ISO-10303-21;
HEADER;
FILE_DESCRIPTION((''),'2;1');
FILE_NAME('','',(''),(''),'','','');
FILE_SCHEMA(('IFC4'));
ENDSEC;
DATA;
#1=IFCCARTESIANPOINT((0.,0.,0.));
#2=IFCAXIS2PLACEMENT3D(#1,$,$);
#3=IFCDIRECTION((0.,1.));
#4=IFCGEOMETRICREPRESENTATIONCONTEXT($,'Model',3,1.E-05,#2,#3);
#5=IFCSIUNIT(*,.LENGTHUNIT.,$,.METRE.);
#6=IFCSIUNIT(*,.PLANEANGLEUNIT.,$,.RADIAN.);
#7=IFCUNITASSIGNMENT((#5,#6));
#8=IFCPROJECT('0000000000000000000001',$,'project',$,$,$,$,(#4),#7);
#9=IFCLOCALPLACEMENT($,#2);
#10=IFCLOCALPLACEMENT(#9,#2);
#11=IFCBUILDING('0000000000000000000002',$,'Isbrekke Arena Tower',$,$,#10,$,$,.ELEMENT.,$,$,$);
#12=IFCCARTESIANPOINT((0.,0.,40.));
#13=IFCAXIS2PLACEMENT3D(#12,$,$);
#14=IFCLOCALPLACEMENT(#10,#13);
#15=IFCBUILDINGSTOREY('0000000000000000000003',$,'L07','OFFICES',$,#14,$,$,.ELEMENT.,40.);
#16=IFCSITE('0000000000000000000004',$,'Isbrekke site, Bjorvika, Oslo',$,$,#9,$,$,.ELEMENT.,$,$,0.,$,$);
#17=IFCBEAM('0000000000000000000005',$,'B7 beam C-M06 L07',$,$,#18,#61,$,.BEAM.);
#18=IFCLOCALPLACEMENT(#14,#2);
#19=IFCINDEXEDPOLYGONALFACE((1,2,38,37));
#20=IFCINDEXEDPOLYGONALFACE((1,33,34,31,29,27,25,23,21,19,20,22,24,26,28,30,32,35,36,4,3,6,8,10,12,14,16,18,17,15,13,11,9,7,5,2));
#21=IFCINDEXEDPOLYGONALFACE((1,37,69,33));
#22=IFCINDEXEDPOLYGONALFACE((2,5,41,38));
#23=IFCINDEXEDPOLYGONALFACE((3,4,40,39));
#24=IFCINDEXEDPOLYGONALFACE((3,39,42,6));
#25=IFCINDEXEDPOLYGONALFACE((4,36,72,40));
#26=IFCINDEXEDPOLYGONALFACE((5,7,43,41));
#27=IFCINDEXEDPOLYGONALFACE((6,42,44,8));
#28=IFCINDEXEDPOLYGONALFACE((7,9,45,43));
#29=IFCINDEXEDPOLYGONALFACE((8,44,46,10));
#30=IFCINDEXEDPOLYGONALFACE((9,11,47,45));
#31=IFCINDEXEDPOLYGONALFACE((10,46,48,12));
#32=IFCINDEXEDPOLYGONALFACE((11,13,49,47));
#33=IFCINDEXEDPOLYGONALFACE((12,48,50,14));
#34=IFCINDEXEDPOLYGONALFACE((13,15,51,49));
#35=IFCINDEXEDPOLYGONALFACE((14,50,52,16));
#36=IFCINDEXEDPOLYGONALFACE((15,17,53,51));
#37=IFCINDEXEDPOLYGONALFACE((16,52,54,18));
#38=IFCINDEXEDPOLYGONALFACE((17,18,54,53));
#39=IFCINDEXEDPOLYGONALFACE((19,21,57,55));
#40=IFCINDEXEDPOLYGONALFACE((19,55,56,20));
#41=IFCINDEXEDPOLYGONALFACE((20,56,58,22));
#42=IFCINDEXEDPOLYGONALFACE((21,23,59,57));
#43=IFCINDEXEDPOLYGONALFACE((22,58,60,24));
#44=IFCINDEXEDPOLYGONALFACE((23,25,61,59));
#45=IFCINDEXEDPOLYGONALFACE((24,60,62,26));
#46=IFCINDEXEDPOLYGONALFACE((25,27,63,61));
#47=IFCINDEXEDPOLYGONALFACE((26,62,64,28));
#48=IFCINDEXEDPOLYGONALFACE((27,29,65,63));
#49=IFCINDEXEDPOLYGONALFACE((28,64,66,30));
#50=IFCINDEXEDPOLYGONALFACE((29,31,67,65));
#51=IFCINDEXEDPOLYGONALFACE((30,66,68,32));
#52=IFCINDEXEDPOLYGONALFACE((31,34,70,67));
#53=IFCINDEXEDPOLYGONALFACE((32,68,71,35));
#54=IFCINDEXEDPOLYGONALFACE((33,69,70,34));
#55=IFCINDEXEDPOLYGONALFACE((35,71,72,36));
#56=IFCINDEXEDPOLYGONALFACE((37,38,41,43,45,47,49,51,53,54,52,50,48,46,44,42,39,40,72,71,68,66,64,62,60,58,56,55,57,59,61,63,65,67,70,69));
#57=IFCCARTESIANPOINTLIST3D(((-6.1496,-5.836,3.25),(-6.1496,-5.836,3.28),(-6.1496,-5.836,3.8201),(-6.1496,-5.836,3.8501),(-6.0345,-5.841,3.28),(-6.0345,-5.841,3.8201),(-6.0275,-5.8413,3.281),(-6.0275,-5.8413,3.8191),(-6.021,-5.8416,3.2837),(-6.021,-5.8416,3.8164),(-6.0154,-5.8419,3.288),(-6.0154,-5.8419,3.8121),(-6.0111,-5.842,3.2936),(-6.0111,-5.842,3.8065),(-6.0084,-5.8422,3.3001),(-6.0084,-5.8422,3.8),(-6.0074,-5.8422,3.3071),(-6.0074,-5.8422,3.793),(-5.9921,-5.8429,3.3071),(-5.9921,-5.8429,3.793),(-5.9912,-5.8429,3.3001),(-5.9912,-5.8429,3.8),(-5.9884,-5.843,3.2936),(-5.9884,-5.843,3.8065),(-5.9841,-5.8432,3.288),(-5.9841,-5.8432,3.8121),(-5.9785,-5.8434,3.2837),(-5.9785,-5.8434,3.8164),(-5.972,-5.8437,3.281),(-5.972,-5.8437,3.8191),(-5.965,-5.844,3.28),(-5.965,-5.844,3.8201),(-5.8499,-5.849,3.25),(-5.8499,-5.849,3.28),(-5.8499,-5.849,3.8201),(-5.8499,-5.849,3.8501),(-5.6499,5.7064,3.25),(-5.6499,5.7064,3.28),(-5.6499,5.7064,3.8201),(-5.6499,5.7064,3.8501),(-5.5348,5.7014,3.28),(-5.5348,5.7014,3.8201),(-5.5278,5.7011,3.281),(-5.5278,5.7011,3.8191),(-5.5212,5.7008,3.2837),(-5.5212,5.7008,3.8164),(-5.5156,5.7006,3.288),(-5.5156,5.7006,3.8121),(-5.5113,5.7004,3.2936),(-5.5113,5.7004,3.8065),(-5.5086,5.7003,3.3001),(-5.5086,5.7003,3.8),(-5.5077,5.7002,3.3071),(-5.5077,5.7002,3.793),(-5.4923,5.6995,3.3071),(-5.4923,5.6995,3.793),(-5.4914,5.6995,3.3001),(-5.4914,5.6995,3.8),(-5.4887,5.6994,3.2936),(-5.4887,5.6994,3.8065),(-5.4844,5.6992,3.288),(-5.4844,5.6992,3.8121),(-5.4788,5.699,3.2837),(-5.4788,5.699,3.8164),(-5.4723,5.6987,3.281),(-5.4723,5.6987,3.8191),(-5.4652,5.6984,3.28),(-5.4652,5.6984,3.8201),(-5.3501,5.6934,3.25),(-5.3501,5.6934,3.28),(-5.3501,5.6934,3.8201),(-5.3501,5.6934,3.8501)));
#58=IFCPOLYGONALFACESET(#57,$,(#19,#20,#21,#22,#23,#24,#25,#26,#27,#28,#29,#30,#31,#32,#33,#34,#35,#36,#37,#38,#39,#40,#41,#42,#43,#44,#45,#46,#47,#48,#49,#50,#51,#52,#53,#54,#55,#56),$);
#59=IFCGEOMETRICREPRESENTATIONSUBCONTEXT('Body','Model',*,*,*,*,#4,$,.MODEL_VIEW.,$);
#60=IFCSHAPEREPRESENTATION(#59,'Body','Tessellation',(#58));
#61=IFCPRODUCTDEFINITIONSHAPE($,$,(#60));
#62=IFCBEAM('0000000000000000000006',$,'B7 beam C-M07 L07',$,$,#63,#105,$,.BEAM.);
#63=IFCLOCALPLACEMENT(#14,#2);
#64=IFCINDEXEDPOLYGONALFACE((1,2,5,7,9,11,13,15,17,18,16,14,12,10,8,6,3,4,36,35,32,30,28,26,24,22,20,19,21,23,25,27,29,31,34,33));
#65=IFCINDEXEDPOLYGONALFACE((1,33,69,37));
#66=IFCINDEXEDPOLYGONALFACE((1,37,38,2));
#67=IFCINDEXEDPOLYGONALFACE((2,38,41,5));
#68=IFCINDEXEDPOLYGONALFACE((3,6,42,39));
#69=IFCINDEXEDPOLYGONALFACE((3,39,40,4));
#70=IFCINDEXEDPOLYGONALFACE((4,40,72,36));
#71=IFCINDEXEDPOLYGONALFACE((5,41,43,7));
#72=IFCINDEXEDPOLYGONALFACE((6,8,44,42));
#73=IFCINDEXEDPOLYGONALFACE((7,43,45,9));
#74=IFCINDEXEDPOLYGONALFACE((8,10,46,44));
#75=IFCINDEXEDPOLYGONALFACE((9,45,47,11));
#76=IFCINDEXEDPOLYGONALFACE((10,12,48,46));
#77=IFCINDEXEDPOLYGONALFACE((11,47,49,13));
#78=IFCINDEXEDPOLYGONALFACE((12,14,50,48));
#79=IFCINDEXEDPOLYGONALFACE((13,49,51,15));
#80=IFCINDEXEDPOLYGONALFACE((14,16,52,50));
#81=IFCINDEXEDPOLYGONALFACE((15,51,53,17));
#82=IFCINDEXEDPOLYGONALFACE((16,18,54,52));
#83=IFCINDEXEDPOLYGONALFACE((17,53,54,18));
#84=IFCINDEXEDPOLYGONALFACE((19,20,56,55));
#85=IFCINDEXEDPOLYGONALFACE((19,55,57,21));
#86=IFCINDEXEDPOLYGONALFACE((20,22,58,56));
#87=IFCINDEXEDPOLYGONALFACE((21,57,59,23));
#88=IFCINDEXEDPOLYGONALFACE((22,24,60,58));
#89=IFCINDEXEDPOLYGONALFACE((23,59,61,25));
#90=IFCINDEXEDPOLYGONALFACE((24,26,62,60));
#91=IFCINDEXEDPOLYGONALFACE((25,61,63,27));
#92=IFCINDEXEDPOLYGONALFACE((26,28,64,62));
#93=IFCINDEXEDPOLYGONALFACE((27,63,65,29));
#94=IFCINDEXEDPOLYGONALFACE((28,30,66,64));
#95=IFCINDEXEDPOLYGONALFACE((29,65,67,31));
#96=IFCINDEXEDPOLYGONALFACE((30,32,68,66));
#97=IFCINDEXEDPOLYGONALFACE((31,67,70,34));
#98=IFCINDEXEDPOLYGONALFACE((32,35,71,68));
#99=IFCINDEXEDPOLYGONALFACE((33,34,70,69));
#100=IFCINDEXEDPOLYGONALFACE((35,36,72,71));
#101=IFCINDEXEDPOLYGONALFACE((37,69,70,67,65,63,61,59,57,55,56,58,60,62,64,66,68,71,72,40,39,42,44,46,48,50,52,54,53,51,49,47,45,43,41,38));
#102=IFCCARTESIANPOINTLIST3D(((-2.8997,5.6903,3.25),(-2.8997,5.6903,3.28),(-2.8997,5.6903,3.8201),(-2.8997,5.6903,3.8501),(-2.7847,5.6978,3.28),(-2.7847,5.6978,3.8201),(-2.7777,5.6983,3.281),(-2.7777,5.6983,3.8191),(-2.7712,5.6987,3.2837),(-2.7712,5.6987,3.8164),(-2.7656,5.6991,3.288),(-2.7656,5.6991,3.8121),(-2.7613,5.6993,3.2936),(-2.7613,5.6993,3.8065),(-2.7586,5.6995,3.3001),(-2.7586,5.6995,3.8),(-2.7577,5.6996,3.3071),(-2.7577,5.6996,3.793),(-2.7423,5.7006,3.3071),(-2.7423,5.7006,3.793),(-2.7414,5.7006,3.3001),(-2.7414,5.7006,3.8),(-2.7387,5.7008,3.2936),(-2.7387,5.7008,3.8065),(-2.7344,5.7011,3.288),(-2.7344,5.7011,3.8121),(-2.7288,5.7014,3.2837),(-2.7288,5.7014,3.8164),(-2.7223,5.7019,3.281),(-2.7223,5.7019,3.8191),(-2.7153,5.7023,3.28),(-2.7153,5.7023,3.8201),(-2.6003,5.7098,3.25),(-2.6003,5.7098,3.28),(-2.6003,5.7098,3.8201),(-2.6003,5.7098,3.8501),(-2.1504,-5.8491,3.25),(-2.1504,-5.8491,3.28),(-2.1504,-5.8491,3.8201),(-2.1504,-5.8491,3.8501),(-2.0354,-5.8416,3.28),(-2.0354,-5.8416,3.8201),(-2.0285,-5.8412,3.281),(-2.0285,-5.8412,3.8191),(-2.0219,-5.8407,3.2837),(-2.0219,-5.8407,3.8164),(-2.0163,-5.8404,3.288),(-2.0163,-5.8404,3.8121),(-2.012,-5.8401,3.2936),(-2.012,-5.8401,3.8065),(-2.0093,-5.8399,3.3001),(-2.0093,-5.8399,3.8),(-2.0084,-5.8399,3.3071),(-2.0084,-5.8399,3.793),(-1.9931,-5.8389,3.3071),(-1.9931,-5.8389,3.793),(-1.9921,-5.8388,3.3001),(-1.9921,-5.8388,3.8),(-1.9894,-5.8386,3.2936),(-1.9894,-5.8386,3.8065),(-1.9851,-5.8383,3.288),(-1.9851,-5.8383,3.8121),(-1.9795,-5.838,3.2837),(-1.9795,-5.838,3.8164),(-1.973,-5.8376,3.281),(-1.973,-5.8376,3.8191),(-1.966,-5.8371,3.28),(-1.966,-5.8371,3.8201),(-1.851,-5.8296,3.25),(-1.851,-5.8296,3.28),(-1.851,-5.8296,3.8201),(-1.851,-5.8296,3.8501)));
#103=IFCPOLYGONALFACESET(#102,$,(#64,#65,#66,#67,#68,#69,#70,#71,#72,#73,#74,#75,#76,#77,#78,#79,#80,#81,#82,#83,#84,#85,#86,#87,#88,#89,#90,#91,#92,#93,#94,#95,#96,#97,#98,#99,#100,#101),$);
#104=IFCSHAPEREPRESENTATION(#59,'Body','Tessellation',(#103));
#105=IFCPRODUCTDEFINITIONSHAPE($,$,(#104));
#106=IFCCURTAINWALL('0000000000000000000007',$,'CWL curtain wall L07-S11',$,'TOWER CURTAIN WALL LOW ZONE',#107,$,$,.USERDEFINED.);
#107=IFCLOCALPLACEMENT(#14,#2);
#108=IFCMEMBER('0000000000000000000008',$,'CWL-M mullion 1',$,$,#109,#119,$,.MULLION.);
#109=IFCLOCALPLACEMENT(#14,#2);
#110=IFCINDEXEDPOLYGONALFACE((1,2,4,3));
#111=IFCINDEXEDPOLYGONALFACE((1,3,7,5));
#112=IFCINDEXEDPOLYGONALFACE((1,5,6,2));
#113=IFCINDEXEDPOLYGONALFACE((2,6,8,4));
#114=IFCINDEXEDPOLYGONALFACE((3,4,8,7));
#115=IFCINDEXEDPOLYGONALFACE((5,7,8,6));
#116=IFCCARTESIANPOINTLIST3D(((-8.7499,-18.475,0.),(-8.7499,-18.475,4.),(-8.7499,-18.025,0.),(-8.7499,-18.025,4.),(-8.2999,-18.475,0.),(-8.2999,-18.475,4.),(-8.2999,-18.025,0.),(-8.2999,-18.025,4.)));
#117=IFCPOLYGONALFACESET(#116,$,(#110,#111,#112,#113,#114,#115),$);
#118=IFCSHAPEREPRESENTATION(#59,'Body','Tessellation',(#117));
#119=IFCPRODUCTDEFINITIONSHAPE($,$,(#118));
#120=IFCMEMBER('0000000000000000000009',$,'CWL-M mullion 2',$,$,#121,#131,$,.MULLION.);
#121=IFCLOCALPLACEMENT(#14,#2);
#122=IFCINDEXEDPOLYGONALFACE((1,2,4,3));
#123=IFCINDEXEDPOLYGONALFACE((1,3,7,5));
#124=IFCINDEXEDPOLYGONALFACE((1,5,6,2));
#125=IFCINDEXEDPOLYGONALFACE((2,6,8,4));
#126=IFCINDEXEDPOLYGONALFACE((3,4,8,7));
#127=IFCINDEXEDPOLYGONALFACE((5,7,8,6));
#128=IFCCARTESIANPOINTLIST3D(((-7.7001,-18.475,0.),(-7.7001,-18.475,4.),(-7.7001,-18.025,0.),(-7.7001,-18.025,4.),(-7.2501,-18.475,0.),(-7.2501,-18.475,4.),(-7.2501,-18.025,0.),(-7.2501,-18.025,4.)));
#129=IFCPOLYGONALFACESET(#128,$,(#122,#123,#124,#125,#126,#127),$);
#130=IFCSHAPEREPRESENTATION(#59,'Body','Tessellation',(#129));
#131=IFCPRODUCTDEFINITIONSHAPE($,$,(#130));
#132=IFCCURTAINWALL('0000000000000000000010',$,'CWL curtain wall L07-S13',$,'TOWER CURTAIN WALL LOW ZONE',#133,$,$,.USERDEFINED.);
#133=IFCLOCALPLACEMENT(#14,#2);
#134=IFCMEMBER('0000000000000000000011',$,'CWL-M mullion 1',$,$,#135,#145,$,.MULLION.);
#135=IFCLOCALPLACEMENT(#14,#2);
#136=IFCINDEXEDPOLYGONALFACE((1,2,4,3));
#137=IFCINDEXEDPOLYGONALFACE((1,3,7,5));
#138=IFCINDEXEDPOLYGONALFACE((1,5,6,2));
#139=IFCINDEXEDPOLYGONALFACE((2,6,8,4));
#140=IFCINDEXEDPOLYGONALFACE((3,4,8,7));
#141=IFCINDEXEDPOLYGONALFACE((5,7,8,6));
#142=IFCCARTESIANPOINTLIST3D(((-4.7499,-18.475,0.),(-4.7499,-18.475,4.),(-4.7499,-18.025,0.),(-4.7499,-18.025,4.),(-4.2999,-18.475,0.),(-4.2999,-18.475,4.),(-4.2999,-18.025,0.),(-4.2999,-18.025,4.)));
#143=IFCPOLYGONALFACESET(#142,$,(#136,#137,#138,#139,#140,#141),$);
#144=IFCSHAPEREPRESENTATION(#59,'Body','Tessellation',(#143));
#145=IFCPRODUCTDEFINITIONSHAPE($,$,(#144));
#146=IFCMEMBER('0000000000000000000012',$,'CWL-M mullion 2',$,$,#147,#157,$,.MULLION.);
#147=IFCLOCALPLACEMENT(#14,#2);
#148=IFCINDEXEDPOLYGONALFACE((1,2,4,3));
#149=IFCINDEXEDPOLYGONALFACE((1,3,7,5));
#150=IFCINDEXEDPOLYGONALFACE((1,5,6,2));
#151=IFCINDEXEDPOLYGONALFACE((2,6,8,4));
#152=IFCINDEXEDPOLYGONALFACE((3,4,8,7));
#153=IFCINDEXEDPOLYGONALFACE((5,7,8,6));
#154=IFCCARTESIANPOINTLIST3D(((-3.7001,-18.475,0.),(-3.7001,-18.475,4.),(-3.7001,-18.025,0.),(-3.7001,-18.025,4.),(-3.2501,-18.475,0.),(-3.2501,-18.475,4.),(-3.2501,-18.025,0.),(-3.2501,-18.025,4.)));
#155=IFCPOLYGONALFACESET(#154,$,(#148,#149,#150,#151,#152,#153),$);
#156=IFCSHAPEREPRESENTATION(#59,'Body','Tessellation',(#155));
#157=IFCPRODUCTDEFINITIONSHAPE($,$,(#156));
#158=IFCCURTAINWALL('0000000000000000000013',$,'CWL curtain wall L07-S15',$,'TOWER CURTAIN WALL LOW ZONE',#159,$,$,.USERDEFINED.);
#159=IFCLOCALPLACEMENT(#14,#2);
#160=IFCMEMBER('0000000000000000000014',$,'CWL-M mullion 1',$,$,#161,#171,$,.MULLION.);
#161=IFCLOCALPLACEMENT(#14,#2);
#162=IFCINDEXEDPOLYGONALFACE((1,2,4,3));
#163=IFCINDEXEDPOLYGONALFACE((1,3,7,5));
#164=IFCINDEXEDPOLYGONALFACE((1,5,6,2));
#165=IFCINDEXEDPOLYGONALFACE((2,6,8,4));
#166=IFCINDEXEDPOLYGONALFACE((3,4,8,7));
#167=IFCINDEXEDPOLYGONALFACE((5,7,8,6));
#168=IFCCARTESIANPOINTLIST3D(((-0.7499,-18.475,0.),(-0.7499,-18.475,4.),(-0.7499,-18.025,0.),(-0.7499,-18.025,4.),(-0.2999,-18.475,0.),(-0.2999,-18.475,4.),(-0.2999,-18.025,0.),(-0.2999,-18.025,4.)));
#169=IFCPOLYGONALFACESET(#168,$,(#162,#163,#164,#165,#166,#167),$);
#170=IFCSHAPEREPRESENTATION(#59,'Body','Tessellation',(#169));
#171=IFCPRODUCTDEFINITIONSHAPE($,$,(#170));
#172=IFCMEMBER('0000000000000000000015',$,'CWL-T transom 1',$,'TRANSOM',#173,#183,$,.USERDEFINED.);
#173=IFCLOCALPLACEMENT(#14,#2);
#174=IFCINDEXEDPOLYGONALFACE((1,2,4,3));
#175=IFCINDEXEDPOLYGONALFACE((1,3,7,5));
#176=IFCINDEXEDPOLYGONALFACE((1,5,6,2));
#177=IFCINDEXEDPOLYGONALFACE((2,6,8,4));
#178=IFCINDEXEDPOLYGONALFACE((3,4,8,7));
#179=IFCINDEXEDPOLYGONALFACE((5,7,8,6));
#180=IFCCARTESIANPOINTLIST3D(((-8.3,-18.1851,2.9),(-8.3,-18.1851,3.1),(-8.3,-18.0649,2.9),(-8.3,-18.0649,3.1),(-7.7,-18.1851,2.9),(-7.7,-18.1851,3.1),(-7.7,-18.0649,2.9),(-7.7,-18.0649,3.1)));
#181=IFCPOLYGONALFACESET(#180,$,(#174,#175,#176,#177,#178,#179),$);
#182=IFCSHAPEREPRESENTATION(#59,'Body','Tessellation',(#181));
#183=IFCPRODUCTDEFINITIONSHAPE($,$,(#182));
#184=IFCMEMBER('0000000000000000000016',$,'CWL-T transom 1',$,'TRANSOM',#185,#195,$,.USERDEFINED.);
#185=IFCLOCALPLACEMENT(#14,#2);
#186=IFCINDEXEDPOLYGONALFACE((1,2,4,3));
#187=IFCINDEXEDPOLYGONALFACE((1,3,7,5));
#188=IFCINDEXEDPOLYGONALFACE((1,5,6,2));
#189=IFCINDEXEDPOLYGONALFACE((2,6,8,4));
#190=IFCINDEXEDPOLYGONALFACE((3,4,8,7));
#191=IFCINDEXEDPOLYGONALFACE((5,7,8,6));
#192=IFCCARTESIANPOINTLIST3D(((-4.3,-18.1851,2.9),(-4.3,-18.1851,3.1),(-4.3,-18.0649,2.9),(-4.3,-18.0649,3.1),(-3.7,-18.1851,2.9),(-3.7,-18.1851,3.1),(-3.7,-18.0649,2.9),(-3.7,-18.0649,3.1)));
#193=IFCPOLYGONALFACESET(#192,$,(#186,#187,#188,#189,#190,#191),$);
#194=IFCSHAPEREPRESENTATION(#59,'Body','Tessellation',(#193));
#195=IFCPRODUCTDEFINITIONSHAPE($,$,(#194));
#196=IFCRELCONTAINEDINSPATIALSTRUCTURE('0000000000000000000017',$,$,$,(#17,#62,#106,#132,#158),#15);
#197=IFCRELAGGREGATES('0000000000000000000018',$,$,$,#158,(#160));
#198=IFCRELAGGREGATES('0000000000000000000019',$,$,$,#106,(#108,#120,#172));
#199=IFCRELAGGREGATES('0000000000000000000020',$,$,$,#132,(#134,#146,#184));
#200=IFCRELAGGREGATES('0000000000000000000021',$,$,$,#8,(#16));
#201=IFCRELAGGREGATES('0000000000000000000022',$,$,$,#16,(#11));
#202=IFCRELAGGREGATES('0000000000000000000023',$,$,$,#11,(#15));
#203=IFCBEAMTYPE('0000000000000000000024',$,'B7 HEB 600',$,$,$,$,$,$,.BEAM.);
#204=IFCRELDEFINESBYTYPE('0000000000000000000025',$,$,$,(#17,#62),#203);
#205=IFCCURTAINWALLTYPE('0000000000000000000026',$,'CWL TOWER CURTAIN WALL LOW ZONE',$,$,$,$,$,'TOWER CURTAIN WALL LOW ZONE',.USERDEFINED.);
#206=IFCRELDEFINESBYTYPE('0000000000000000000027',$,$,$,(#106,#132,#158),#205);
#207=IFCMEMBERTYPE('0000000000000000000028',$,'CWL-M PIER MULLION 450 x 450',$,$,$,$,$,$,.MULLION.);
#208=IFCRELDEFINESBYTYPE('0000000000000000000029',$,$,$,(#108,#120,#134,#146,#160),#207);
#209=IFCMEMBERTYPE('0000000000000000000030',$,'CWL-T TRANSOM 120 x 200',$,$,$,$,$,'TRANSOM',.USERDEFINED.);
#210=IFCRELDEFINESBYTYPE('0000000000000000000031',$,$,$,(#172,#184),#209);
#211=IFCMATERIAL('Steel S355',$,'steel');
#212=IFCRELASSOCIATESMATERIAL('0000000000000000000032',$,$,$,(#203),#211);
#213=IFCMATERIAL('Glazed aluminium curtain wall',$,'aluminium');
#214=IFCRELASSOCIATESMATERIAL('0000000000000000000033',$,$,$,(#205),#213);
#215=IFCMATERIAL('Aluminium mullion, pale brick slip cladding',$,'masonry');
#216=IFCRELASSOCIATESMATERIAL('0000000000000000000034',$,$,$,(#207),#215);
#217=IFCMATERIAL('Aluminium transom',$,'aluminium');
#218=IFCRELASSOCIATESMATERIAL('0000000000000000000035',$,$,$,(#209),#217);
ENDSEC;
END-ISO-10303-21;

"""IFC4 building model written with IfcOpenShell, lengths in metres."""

from ifc_helpers import new_model, si_unit, direction, frame, origin, origin_2d, place, context, subcontext, project, spatial, rectangle, i_section, extrude, material, material_profile, profile_set, type_object, element, aggregate, save


model = new_model("IFC4")

# Units and contexts
model_context = context("Model", 3, precision=1e-05, world=origin(), true_north=direction((0.0, 1.0)))
body_context = subcontext(model_context, "Body", "Model", "MODEL_VIEW")
ifc_project = project(units=[si_unit("LENGTHUNIT", "METRE"), si_unit("PLANEANGLEUNIT", "RADIAN")], contexts=[model_context])

# Site, building, storey
site_placement = place(None, origin())
site = spatial("IfcSite", under=ifc_project, at=site_placement, Name="Isbrekke site, Bjorvika, Oslo", CompositionType="ELEMENT", RefElevation=0.0)
building_placement = place(site_placement, origin())
building = spatial("IfcBuilding", under=site, at=building_placement, Name="Isbrekke Arena Tower", CompositionType="ELEMENT")
storey_placement = place(building_placement, frame((0.0, 0.0, 40.0)))
storey = spatial("IfcBuildingStorey", under=building, at=storey_placement, Name="L07", Description="OFFICES", CompositionType="ELEMENT", Elevation=40.0)

# Beams
ifc_material_1 = material(Name="Steel S355", Category="steel")
ifc_material_profile_1 = material_profile(ifc_material_1, i_section(OverallWidth=0.3, OverallDepth=0.6001, WebThickness=0.0154, FlangeThickness=0.03, FilletRadius=0.0271, at=origin_2d()), Name="HEB 600")
ifc_profile_set_1 = profile_set([ifc_material_profile_1], Name="Steel S355")
beam_type_1 = type_object("IfcBeamType", Name="B7 HEB 600", PredefinedType="BEAM", material=ifc_profile_set_1)
beam_1_placement = place(storey_placement, frame((-5.9998, -5.8425, 3.55), z_axis=(0.043257, 0.999064, 0.0), x_axis=(-0.999064, 0.043257, 0.0)))
element("IfcBeam", 1, at=beam_1_placement, inside=storey, type_object=beam_type_1, Name="B7 beam C-M06 L07", PredefinedType="BEAM", context=body_context, shape_type="SweptSolid", body=[
    extrude(i_section(OverallWidth=0.3, OverallDepth=0.6001, WebThickness=0.0154, FlangeThickness=0.03, FilletRadius=0.0271, at=origin_2d()), origin(), (0.0, 0.0, 1.0), 11.5532),
])
beam_2_placement = place(storey_placement, frame((-2.0007, -5.8394, 3.55), z_axis=(-0.064795, 0.997899, 0.0), x_axis=(-0.997899, -0.064795, 0.0)))
element("IfcBeam", 2, at=beam_2_placement, inside=storey, type_object=beam_type_1, Name="B7 beam C-M07 L07", PredefinedType="BEAM", context=body_context, shape_type="SweptSolid", body=[
    extrude(i_section(OverallWidth=0.3, OverallDepth=0.6001, WebThickness=0.0154, FlangeThickness=0.03, FilletRadius=0.0271, at=origin_2d()), origin(), (0.0, 0.0, 1.0), 11.5637),
])

# Curtain walls, members
ifc_material_2 = material(Name="Glazed aluminium curtain wall", Category="aluminium")
curtain_wall_type = type_object("IfcCurtainWallType", Name="CWL TOWER CURTAIN WALL LOW ZONE", ElementType="TOWER CURTAIN WALL LOW ZONE", PredefinedType="USERDEFINED", material=ifc_material_2)
curtain_wall_1_placement = place(storey_placement, origin())
curtain_wall_1 = element("IfcCurtainWall", 3, at=curtain_wall_1_placement, inside=storey, type_object=curtain_wall_type, Name="CWL curtain wall L07-S11", ObjectType="TOWER CURTAIN WALL LOW ZONE", PredefinedType="USERDEFINED")
ifc_material_3 = material(Name="Aluminium mullion, pale brick slip cladding", Category="masonry")
ifc_material_profile_2 = material_profile(ifc_material_3, rectangle(XDim=0.45, YDim=0.45, at=origin_2d()), Name="PIER 450X450")
ifc_profile_set_2 = profile_set([ifc_material_profile_2], Name="Aluminium mullion, pale brick slip cladding")
member_type_1 = type_object("IfcMemberType", Name="CWL-M PIER MULLION 450 x 450", PredefinedType="MULLION", material=ifc_profile_set_2)
member_1_placement = place(storey_placement, frame((-8.5249, -18.25, 0.0), z_axis=(0.0, 0.0, 1.0), x_axis=(1.0, 0.0, 0.0)))
member_1 = element("IfcMember", 4, at=member_1_placement, type_object=member_type_1, Name="CWL-M mullion 1", PredefinedType="MULLION", context=body_context, shape_type="SweptSolid", body=[
    extrude(rectangle(XDim=0.45, YDim=0.45, at=origin_2d()), origin(), (0.0, 0.0, 1.0), 4.0),
])
member_2_placement = place(storey_placement, frame((-7.4751, -18.25, 0.0), z_axis=(0.0, 0.0, 1.0), x_axis=(1.0, 0.0, 0.0)))
member_2 = element("IfcMember", 5, at=member_2_placement, type_object=member_type_1, Name="CWL-M mullion 2", PredefinedType="MULLION", context=body_context, shape_type="SweptSolid", body=[
    extrude(rectangle(XDim=0.45, YDim=0.45, at=origin_2d()), origin(), (0.0, 0.0, 1.0), 4.0),
])
curtain_wall_2_placement = place(storey_placement, origin())
curtain_wall_2 = element("IfcCurtainWall", 6, at=curtain_wall_2_placement, inside=storey, type_object=curtain_wall_type, Name="CWL curtain wall L07-S13", ObjectType="TOWER CURTAIN WALL LOW ZONE", PredefinedType="USERDEFINED")
member_3_placement = place(storey_placement, frame((-4.5249, -18.25, 0.0), z_axis=(0.0, 0.0, 1.0), x_axis=(1.0, 0.0, 0.0)))
member_3 = element("IfcMember", 7, at=member_3_placement, type_object=member_type_1, Name="CWL-M mullion 1", PredefinedType="MULLION", context=body_context, shape_type="SweptSolid", body=[
    extrude(rectangle(XDim=0.45, YDim=0.45, at=origin_2d()), origin(), (0.0, 0.0, 1.0), 4.0),
])
member_4_placement = place(storey_placement, frame((-3.4751, -18.25, 0.0), z_axis=(0.0, 0.0, 1.0), x_axis=(1.0, 0.0, 0.0)))
member_4 = element("IfcMember", 8, at=member_4_placement, type_object=member_type_1, Name="CWL-M mullion 2", PredefinedType="MULLION", context=body_context, shape_type="SweptSolid", body=[
    extrude(rectangle(XDim=0.45, YDim=0.45, at=origin_2d()), origin(), (0.0, 0.0, 1.0), 4.0),
])

# Curtain wall, member
curtain_wall_3_placement = place(storey_placement, origin())
curtain_wall_3 = element("IfcCurtainWall", 9, at=curtain_wall_3_placement, inside=storey, type_object=curtain_wall_type, Name="CWL curtain wall L07-S15", ObjectType="TOWER CURTAIN WALL LOW ZONE", PredefinedType="USERDEFINED")
member_5_placement = place(storey_placement, frame((-0.5249, -18.25, 0.0), z_axis=(0.0, 0.0, 1.0), x_axis=(1.0, 0.0, 0.0)))
member_5 = element("IfcMember", 10, at=member_5_placement, type_object=member_type_1, Name="CWL-M mullion 1", PredefinedType="MULLION", context=body_context, shape_type="SweptSolid", body=[
    extrude(rectangle(XDim=0.45, YDim=0.45, at=origin_2d()), origin(), (0.0, 0.0, 1.0), 4.0),
])

# Members
ifc_material_4 = material(Name="Aluminium transom", Category="aluminium")
ifc_material_profile_3 = material_profile(ifc_material_4, rectangle(XDim=0.1201, YDim=0.2, at=origin_2d()), Name="TRANSOM 120X200")
ifc_profile_set_3 = profile_set([ifc_material_profile_3], Name="Aluminium transom")
member_type_2 = type_object("IfcMemberType", Name="CWL-T TRANSOM 120 x 200", ElementType="TRANSOM", PredefinedType="USERDEFINED", material=ifc_profile_set_3)
member_6_placement = place(storey_placement, frame((-8.3, -18.125, 3.0), z_axis=(1.0, 0.0, 0.0), x_axis=(0.0, 1.0, 0.0)))
member_6 = element("IfcMember", 11, at=member_6_placement, type_object=member_type_2, Name="CWL-T transom 1", ObjectType="TRANSOM", PredefinedType="USERDEFINED", context=body_context, shape_type="SweptSolid", body=[
    extrude(rectangle(XDim=0.1201, YDim=0.2, at=origin_2d()), origin(), (0.0, 0.0, 1.0), 0.6001),
])
member_7_placement = place(storey_placement, frame((-4.3, -18.125, 3.0), z_axis=(1.0, 0.0, 0.0), x_axis=(0.0, 1.0, 0.0)))
member_7 = element("IfcMember", 12, at=member_7_placement, type_object=member_type_2, Name="CWL-T transom 1", ObjectType="TRANSOM", PredefinedType="USERDEFINED", context=body_context, shape_type="SweptSolid", body=[
    extrude(rectangle(XDim=0.1201, YDim=0.2, at=origin_2d()), origin(), (0.0, 0.0, 1.0), 0.6001),
])
aggregate(curtain_wall_3, [member_5])

aggregate(curtain_wall_1, [member_1, member_2, member_6])
aggregate(curtain_wall_2, [member_3, member_4, member_7])

save(model, "model.ifc")
